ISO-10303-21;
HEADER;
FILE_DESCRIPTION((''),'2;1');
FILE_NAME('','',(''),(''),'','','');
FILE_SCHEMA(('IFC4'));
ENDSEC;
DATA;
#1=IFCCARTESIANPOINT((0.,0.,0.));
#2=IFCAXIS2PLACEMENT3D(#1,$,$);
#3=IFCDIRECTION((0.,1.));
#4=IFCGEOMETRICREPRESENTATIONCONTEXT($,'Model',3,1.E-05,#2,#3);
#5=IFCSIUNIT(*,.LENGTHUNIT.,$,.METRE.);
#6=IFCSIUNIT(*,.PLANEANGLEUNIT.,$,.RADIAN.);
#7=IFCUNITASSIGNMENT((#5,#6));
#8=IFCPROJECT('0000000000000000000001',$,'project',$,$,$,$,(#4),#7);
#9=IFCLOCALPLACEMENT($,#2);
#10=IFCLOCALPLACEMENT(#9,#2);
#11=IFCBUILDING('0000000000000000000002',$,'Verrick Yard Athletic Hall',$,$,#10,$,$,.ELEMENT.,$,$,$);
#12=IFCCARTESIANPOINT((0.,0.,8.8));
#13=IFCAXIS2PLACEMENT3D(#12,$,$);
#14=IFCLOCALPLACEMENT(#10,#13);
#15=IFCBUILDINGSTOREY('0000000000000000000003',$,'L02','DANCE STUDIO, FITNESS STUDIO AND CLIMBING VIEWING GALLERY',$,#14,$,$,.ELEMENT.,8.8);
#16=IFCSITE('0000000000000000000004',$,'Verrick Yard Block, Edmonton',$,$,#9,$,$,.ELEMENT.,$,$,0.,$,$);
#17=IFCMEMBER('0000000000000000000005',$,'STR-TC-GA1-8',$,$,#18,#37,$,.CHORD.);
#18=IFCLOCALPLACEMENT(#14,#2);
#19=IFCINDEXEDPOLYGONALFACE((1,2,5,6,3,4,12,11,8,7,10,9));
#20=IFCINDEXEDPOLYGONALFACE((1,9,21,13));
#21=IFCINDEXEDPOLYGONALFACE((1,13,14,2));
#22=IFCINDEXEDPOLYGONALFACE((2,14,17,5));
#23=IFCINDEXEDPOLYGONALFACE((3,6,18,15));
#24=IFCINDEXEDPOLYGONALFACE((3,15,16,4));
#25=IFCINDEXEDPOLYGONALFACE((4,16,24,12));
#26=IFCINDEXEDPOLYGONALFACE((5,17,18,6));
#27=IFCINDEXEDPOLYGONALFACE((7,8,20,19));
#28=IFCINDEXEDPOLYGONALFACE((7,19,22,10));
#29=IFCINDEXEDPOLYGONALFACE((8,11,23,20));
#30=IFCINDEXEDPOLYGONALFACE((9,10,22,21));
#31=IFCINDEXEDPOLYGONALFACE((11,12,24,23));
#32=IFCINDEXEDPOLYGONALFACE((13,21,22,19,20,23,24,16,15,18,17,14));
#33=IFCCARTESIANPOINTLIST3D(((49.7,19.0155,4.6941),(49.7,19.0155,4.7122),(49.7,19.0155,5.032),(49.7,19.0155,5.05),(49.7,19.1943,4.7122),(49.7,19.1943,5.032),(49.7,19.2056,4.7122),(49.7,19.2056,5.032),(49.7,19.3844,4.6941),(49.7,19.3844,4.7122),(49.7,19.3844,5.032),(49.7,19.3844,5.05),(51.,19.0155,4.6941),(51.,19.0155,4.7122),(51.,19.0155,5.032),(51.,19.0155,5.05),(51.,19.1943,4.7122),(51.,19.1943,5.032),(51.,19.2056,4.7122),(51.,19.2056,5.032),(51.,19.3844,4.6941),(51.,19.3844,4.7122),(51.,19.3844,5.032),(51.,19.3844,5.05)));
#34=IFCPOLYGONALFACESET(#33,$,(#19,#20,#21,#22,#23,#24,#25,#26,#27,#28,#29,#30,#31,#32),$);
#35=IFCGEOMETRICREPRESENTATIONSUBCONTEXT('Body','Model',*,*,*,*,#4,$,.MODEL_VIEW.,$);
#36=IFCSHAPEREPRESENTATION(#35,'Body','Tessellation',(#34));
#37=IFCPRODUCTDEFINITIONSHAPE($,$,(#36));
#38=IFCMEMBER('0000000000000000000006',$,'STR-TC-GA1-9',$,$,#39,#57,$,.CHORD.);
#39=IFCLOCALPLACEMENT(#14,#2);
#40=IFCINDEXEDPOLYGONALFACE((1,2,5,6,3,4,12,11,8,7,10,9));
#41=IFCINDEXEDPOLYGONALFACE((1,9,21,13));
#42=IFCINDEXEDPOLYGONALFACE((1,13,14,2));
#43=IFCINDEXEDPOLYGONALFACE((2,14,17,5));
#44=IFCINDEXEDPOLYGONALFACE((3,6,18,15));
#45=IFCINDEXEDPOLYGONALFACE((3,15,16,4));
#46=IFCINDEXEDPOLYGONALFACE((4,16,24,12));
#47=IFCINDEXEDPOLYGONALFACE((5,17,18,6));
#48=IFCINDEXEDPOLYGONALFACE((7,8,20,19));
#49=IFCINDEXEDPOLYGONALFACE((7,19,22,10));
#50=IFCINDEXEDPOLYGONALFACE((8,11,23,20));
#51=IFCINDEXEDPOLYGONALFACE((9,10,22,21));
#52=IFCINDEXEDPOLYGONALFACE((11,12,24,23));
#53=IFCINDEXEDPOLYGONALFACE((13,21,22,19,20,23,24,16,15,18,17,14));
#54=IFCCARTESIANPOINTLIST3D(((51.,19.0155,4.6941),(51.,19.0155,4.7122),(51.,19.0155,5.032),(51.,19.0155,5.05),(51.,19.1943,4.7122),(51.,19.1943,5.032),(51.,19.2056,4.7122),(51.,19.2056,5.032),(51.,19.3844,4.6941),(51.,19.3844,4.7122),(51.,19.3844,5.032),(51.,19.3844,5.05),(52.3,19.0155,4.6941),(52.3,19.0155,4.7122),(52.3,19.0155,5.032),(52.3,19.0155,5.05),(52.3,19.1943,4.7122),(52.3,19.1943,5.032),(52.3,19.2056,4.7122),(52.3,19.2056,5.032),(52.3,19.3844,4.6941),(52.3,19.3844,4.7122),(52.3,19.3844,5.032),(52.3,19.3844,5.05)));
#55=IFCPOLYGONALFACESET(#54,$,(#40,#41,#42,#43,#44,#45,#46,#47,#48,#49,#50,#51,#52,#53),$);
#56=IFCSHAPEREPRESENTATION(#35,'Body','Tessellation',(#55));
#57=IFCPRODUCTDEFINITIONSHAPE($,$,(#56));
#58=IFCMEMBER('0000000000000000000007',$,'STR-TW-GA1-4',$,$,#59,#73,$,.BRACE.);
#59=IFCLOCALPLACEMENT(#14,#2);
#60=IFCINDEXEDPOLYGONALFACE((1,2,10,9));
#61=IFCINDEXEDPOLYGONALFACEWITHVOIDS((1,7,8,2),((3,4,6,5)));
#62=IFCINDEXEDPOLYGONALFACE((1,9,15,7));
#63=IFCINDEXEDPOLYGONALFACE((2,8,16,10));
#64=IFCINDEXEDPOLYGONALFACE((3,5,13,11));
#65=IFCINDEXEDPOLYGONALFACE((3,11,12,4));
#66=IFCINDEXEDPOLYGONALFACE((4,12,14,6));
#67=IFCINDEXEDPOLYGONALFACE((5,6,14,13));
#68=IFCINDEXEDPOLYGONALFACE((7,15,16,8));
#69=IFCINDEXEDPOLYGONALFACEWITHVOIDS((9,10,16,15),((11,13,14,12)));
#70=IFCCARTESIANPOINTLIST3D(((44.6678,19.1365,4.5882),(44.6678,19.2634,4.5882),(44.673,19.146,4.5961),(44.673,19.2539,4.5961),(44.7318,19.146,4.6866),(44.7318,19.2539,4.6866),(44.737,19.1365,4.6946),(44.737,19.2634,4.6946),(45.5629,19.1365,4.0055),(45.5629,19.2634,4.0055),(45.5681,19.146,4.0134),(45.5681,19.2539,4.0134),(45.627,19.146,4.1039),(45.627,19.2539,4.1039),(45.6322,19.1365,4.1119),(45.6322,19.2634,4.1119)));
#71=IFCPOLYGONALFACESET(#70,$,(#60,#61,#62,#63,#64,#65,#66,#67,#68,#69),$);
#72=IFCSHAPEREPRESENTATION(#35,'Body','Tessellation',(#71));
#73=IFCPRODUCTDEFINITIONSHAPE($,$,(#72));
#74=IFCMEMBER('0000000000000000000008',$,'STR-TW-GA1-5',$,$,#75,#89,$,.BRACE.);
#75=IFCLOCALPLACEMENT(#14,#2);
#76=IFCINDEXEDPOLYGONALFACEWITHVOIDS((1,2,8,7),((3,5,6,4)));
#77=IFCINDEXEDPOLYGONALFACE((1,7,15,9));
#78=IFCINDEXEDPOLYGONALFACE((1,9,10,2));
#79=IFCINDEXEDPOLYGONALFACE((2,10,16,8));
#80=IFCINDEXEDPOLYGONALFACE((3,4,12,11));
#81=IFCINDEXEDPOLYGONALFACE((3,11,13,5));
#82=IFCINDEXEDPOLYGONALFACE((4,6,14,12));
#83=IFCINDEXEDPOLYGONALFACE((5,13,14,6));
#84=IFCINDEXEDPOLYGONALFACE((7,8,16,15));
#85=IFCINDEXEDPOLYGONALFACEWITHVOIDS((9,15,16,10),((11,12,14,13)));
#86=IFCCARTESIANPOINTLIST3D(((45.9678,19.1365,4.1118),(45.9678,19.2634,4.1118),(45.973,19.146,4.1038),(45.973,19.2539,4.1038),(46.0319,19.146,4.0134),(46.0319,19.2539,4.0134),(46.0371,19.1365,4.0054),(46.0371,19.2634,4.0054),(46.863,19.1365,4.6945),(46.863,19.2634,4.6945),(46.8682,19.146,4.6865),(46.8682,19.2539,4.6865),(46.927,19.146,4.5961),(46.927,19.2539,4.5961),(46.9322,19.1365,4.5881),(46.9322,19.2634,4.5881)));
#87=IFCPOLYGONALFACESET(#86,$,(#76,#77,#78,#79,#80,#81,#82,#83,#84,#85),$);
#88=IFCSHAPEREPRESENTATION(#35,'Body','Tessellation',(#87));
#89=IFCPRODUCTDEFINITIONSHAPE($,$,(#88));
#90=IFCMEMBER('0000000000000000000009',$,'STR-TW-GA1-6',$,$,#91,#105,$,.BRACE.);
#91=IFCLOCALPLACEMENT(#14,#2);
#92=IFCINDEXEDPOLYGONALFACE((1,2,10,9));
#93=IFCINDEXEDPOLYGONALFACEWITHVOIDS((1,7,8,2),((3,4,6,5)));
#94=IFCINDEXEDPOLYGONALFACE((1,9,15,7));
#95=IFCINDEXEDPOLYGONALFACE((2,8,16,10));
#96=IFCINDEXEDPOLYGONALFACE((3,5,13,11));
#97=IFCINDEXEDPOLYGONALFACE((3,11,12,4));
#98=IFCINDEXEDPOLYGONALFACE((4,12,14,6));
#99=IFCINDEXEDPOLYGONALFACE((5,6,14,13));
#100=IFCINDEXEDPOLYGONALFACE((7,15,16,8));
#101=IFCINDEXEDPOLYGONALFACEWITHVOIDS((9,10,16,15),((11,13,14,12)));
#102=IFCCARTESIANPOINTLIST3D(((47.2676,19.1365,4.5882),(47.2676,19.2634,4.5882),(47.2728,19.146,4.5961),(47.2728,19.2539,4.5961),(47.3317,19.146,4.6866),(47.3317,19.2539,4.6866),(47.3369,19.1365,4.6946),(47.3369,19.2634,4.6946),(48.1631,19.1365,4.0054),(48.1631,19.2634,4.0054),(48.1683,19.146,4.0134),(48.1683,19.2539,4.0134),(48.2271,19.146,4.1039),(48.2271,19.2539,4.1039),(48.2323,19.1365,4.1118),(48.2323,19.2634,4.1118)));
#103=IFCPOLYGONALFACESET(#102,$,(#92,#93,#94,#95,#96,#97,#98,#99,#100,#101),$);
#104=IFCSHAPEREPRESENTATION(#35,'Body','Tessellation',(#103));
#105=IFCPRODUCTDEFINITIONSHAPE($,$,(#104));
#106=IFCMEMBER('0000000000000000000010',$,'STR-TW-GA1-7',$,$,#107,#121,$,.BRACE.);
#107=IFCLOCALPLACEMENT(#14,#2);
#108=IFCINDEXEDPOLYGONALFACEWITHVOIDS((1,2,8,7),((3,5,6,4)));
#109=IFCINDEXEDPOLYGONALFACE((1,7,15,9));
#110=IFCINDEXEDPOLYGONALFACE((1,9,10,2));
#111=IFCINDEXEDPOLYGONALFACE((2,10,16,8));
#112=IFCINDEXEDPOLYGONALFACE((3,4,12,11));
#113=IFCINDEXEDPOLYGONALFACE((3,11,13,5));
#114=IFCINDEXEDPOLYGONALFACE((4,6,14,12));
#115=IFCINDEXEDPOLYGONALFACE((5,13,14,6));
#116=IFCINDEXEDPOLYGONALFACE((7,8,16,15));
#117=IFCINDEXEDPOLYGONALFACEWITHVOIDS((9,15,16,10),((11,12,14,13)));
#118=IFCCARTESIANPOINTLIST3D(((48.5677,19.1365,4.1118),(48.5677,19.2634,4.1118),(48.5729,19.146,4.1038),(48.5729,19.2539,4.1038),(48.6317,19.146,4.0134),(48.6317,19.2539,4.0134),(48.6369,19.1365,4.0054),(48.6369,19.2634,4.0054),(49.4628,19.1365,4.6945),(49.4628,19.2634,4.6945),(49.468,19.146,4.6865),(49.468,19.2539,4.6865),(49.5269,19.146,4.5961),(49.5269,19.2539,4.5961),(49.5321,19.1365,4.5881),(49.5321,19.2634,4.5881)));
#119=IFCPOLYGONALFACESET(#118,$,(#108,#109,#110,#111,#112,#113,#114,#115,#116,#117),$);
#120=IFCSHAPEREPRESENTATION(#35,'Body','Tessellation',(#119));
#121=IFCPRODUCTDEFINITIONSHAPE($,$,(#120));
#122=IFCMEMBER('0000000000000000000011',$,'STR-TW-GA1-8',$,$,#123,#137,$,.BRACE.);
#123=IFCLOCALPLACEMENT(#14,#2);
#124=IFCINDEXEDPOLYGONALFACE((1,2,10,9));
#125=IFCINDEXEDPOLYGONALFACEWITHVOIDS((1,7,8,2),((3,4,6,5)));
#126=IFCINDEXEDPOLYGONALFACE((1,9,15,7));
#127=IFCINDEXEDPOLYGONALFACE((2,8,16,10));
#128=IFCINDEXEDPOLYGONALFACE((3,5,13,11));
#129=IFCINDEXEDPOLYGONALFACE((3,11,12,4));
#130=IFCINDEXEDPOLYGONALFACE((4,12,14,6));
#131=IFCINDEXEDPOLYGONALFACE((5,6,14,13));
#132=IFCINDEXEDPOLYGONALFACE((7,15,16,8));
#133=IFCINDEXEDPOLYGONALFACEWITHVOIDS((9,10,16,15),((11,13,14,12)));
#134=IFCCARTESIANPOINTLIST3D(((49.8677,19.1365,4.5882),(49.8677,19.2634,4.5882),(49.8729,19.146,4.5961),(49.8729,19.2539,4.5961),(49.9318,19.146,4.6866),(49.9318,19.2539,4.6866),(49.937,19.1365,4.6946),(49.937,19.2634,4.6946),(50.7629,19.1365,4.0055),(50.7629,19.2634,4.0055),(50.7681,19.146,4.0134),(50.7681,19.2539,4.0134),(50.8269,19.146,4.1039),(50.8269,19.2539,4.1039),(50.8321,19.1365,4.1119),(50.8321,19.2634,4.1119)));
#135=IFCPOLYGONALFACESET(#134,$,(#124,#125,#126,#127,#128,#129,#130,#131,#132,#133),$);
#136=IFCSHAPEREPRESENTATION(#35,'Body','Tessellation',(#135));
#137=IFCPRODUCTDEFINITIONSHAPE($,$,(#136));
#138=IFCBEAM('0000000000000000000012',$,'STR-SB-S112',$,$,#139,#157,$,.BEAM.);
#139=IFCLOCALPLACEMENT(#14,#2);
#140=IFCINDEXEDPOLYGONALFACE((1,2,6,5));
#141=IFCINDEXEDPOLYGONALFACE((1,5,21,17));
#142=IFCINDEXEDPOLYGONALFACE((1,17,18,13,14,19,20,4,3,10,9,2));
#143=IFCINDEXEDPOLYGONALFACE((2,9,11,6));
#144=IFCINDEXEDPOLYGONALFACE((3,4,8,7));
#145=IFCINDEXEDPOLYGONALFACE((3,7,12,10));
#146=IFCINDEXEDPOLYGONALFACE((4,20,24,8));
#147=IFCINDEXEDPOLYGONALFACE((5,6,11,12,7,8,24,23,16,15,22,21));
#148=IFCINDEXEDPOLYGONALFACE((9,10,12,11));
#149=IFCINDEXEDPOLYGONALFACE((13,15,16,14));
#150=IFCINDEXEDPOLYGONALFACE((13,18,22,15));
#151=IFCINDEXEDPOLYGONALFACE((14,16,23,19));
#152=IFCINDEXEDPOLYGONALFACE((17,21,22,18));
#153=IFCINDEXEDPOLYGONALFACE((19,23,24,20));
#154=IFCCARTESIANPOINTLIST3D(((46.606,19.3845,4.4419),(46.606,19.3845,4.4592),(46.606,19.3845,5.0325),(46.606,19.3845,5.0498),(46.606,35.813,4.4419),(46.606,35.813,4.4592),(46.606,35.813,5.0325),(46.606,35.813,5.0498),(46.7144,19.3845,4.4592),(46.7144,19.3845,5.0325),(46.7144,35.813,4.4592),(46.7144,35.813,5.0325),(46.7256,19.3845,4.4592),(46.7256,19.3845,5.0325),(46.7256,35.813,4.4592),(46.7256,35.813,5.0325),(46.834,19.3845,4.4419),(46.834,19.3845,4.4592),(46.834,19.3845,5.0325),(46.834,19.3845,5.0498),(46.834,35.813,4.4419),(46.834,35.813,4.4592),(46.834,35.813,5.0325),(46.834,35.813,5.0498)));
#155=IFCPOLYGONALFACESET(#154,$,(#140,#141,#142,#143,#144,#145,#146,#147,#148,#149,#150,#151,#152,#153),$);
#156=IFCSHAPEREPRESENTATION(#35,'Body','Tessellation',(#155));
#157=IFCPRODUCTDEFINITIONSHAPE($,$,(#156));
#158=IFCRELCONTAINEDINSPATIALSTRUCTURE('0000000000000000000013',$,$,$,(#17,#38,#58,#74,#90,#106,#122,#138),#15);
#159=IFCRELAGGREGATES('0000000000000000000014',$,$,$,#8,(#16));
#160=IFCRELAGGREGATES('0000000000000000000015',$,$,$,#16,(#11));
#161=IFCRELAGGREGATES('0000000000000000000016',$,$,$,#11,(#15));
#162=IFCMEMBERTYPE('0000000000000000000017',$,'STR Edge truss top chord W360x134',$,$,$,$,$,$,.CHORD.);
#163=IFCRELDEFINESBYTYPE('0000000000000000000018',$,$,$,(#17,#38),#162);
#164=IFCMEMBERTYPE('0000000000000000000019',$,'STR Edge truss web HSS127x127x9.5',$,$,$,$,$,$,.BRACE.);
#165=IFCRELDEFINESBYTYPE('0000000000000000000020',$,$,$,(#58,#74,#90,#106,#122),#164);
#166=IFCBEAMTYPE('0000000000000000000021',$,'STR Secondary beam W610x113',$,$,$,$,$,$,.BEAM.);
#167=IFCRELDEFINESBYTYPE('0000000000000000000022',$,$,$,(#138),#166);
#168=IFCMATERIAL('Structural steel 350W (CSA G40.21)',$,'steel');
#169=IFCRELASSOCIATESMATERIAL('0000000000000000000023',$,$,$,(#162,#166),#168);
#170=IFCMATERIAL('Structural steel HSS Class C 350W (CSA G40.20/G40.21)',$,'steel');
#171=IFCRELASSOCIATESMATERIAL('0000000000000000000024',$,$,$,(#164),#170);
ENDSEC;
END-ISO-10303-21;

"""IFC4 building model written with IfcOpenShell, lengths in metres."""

from ifc_helpers import new_model, si_unit, direction, frame, origin, origin_2d, place, context, subcontext, project, spatial, hollow_rectangle, i_section, extrude, material, material_profile, profile_set, type_object, element, save


model = new_model("IFC4")

# Units and contexts
model_context = context("Model", 3, precision=1e-05, world=origin(), true_north=direction((0.0, 1.0)))
body_context = subcontext(model_context, "Body", "Model", "MODEL_VIEW")
ifc_project = project(units=[si_unit("LENGTHUNIT", "METRE"), si_unit("PLANEANGLEUNIT", "RADIAN")], contexts=[model_context])

# Site, building, storey
site_placement = place(None, origin())
site = spatial("IfcSite", under=ifc_project, at=site_placement, Name="Verrick Yard Block, Edmonton", CompositionType="ELEMENT", RefElevation=0.0)
building_placement = place(site_placement, origin())
building = spatial("IfcBuilding", under=site, at=building_placement, Name="Verrick Yard Athletic Hall", CompositionType="ELEMENT")
storey_placement = place(building_placement, frame((0.0, 0.0, 8.8)))
storey = spatial("IfcBuildingStorey", under=building, at=storey_placement, Name="L02", Description="DANCE STUDIO, FITNESS STUDIO AND CLIMBING VIEWING GALLERY", CompositionType="ELEMENT", Elevation=8.8)

# Members
ifc_material_1 = material(Name="Structural steel 350W (CSA G40.21)", Category="steel")
ifc_material_profile_1 = material_profile(ifc_material_1, i_section(OverallWidth=0.3689, OverallDepth=0.356, WebThickness=0.0112, FlangeThickness=0.0181, at=origin_2d()), Name="W360x134")
ifc_profile_set_1 = profile_set([ifc_material_profile_1], Name="Structural steel 350W (CSA G40.21)")
member_type_1 = type_object("IfcMemberType", Name="STR Edge truss top chord W360x134", PredefinedType="CHORD", material=ifc_profile_set_1)
for number, where, z_axis, x_axis, name in (
    (1, (49.7, 19.2, 4.8721), (1.0, 0.0, 0.0), (0.0, 1.0, 0.0), "STR-TC-GA1-8"),
    (2, (51.0, 19.2, 4.8721), (1.0, 0.0, 0.0), (0.0, 1.0, 0.0), "STR-TC-GA1-9"),
):
    element("IfcMember", number, at=place(storey_placement, frame(where, z_axis=z_axis, x_axis=x_axis)), inside=storey, type_object=member_type_1, Name=name, PredefinedType="CHORD", context=body_context, shape_type="SweptSolid", body=[
        extrude(i_section(OverallWidth=0.3689, OverallDepth=0.356, WebThickness=0.0112, FlangeThickness=0.0181, at=origin_2d()), origin(), (0.0, 0.0, 1.0), 1.3),
    ])
ifc_material_2 = material(Name="Structural steel HSS Class C 350W (CSA G40.20/G40.21)", Category="steel")
ifc_material_profile_2 = material_profile(ifc_material_2, hollow_rectangle(XDim=0.127, YDim=0.127, WallThickness=0.0095, at=origin_2d()), Name="HSS127x127x9.5")
ifc_profile_set_2 = profile_set([ifc_material_profile_2], Name="Structural steel HSS Class C 350W (CSA G40.20/G40.21)")
member_type_2 = type_object("IfcMemberType", Name="STR Edge truss web HSS127x127x9.5", PredefinedType="BRACE", material=ifc_profile_set_2)
for number, where, z_axis, x_axis, name in (
    (3, (44.7024, 19.2, 4.6414), (0.838083, 0.0, -0.545543), (0.0, 1.0, 0.0), "STR-TW-GA1-4"),
    (4, (46.0024, 19.2, 4.0586), (0.838083, 0.0, 0.545543), (0.0, 1.0, 0.0), "STR-TW-GA1-5"),
):
    element("IfcMember", number, at=place(storey_placement, frame(where, z_axis=z_axis, x_axis=x_axis)), inside=storey, type_object=member_type_2, Name=name, PredefinedType="BRACE", context=body_context, shape_type="SweptSolid", body=[
        extrude(hollow_rectangle(XDim=0.127, YDim=0.127, WallThickness=0.0095, at=origin_2d()), origin(), (0.0, 0.0, 1.0), 1.0681),
    ])
member_1_placement = place(storey_placement, frame((47.3022, 19.2, 4.6414), z_axis=(0.838151, 0.0, -0.545438), x_axis=(0.0, 1.0, 0.0)))
element("IfcMember", 5, at=member_1_placement, inside=storey, type_object=member_type_2, Name="STR-TW-GA1-6", PredefinedType="BRACE", context=body_context, shape_type="SweptSolid", body=[
    extrude(hollow_rectangle(XDim=0.127, YDim=0.127, WallThickness=0.0095, at=origin_2d()), origin(), (0.0, 0.0, 1.0), 1.0684),
])
for number, where, z_axis, x_axis, name in (
    (6, (48.6023, 19.2, 4.0586), (0.838083, 0.0, 0.545543), (0.0, 1.0, 0.0), "STR-TW-GA1-7"),
    (7, (49.9023, 19.2, 4.6414), (0.838083, 0.0, -0.545543), (0.0, 1.0, 0.0), "STR-TW-GA1-8"),
):
    element("IfcMember", number, at=place(storey_placement, frame(where, z_axis=z_axis, x_axis=x_axis)), inside=storey, type_object=member_type_2, Name=name, PredefinedType="BRACE", context=body_context, shape_type="SweptSolid", body=[
        extrude(hollow_rectangle(XDim=0.127, YDim=0.127, WallThickness=0.0095, at=origin_2d()), origin(), (0.0, 0.0, 1.0), 1.0681),
    ])

# Beam
ifc_material_profile_3 = material_profile(ifc_material_1, i_section(OverallWidth=0.228, OverallDepth=0.6079, WebThickness=0.0112, FlangeThickness=0.0173, at=origin_2d()), Name="W610x113")
ifc_profile_set_3 = profile_set([ifc_material_profile_3], Name="Structural steel 350W (CSA G40.21)")
beam_type = type_object("IfcBeamType", Name="STR Secondary beam W610x113", PredefinedType="BEAM", material=ifc_profile_set_3)
beam_placement = place(storey_placement, frame((46.72, 19.3845, 4.7458), z_axis=(0.0, 1.0, 0.0), x_axis=(-1.0, 0.0, 0.0)))
element("IfcBeam", 8, at=beam_placement, inside=storey, type_object=beam_type, Name="STR-SB-S112", PredefinedType="BEAM", context=body_context, shape_type="SweptSolid", body=[
    extrude(i_section(OverallWidth=0.228, OverallDepth=0.6079, WebThickness=0.0112, FlangeThickness=0.0173, at=origin_2d()), origin(), (0.0, 0.0, 1.0), 16.4285),
])

save(model, "model.ifc")
